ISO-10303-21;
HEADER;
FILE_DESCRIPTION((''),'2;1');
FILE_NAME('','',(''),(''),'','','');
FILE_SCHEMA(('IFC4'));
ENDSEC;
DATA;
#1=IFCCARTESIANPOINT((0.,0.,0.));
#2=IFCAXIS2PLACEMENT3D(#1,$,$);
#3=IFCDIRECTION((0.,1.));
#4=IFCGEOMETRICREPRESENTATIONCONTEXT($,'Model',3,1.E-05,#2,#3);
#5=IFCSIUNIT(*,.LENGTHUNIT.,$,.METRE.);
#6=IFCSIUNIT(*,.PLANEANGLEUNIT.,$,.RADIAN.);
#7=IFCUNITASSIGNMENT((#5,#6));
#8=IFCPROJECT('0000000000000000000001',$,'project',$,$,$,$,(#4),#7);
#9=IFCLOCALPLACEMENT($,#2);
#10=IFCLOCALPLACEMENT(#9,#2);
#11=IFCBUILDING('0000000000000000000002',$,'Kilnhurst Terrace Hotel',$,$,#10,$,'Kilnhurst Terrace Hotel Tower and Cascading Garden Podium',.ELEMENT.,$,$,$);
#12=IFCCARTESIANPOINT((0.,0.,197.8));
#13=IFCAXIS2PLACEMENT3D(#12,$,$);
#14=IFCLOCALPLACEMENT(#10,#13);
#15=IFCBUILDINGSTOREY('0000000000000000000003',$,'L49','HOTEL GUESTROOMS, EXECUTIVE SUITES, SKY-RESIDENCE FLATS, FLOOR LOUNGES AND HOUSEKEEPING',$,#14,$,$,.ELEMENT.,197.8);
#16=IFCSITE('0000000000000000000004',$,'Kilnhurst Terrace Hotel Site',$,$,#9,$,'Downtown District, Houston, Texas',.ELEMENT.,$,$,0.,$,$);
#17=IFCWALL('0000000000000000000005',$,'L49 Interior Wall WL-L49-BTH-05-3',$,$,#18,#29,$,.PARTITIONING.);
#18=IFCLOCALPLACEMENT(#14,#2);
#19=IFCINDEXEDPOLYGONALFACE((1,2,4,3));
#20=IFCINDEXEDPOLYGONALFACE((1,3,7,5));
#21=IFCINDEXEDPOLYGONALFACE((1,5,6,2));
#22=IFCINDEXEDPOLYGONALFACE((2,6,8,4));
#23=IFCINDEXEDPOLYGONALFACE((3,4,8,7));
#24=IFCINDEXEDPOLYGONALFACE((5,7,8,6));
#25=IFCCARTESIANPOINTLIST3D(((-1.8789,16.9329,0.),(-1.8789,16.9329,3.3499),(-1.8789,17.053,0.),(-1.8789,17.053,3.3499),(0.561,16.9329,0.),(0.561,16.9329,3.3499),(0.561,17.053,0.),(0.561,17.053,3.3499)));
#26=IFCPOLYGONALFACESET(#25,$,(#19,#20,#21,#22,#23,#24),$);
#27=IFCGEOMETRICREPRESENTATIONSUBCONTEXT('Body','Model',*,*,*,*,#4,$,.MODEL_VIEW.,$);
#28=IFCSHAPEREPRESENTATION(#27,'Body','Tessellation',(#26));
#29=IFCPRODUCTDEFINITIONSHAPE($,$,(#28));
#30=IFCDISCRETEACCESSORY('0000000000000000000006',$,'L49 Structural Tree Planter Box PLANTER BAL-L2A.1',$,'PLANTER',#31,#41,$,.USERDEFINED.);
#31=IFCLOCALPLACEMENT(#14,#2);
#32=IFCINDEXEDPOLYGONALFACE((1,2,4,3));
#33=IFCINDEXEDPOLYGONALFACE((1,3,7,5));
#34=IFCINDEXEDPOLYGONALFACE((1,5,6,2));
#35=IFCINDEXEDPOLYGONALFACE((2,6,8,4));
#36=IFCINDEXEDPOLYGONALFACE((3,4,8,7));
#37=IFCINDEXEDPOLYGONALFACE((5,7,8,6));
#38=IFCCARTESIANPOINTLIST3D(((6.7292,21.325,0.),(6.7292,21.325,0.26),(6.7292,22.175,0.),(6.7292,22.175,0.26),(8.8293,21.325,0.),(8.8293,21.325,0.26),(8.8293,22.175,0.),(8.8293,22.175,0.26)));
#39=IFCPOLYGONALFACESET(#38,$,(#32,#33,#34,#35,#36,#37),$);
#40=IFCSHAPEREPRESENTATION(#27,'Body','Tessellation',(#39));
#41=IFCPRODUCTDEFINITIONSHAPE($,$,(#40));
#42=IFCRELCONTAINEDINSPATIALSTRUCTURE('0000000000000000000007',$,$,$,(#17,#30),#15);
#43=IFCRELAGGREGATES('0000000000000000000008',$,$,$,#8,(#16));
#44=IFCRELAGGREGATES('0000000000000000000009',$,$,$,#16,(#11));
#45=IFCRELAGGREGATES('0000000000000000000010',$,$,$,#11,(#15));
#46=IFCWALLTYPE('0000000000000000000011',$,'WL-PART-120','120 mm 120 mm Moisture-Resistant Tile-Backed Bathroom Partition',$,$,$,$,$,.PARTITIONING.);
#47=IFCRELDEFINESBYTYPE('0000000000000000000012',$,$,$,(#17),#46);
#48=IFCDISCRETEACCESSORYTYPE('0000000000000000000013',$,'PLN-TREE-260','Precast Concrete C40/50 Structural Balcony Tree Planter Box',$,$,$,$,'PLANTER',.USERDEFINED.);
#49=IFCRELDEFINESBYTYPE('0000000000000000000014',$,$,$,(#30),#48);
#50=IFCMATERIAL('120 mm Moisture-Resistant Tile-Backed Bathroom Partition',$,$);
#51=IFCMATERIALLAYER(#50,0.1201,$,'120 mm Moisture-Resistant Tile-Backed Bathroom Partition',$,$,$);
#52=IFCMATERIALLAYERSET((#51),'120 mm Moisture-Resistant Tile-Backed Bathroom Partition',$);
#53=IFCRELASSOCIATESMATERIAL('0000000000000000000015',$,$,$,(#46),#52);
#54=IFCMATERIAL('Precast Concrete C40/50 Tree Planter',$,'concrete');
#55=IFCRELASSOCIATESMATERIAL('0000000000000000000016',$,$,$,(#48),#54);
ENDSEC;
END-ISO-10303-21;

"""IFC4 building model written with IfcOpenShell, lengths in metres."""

from ifc_helpers import new_model, si_unit, direction, frame, frame_2d, origin, origin_2d, place, context, subcontext, project, spatial, rectangle, extrude, material, layer, layer_set, type_object, element, save


model = new_model("IFC4")

# Units and contexts
model_context = context("Model", 3, precision=1e-05, world=origin(), true_north=direction((0.0, 1.0)))
body_context = subcontext(model_context, "Body", "Model", "MODEL_VIEW")
ifc_project = project(units=[si_unit("LENGTHUNIT", "METRE"), si_unit("PLANEANGLEUNIT", "RADIAN")], contexts=[model_context])

# Site, building, storey
site_placement = place(None, origin())
site = spatial("IfcSite", under=ifc_project, at=site_placement, Name="Kilnhurst Terrace Hotel Site", LongName="Downtown District, Houston, Texas", CompositionType="ELEMENT", RefElevation=0.0)
building_placement = place(site_placement, origin())
building = spatial("IfcBuilding", under=site, at=building_placement, Name="Kilnhurst Terrace Hotel", LongName="Kilnhurst Terrace Hotel Tower and Cascading Garden Podium", CompositionType="ELEMENT")
storey_placement = place(building_placement, frame((0.0, 0.0, 197.8)))
storey = spatial("IfcBuildingStorey", under=building, at=storey_placement, Name="L49", Description="HOTEL GUESTROOMS, EXECUTIVE SUITES, SKY-RESIDENCE FLATS, FLOOR LOUNGES AND HOUSEKEEPING", CompositionType="ELEMENT", Elevation=197.8)

# Shared definitions
ifc_material_1 = material(Name="120 mm Moisture-Resistant Tile-Backed Bathroom Partition")
ifc_layer_1 = layer(ifc_material_1, 0.1201, Name="120 mm Moisture-Resistant Tile-Backed Bathroom Partition")
ifc_layer_set_1 = layer_set([ifc_layer_1], Name="120 mm Moisture-Resistant Tile-Backed Bathroom Partition")
wall_type_1 = type_object("IfcWallType", Name="WL-PART-120", Description="120 mm 120 mm Moisture-Resistant Tile-Backed Bathroom Partition", PredefinedType="PARTITIONING", material=ifc_layer_set_1)

# Wall
wall_1_placement = place(storey_placement, frame((0.561, 16.9929, 0.0), z_axis=(0.0, 0.0, 1.0), x_axis=(-1.0, 0.0, 0.0)))
element("IfcWall", 1, at=wall_1_placement, inside=storey, type_object=wall_type_1, Name="L49 Interior Wall WL-L49-BTH-05-3", PredefinedType="PARTITIONING", context=body_context, shape_type="SweptSolid", body=[
    extrude(rectangle(XDim=2.4399, YDim=0.1201, at=frame_2d((1.22, 0.0))), origin(), (0.0, 0.0, 1.0), 3.3499),
])

# Discrete accessory
ifc_material_2 = material(Name="Precast Concrete C40/50 Tree Planter", Category="concrete")
discrete_accessory_type = type_object("IfcDiscreteAccessoryType", Name="PLN-TREE-260", Description="Precast Concrete C40/50 Structural Balcony Tree Planter Box", ElementType="PLANTER", PredefinedType="USERDEFINED", material=ifc_material_2)
discrete_accessory_placement = place(storey_placement, frame((7.7793, 21.75, 0.0), z_axis=(0.0, 0.0, 1.0), x_axis=(-1.0, 0.0, 0.0)))
element("IfcDiscreteAccessory", 2, at=discrete_accessory_placement, inside=storey, type_object=discrete_accessory_type, Name="L49 Structural Tree Planter Box PLANTER BAL-L2A.1", ObjectType="PLANTER", PredefinedType="USERDEFINED", context=body_context, shape_type="SweptSolid", body=[
    extrude(rectangle(XDim=2.1001, YDim=0.8501, at=origin_2d()), origin(), (0.0, 0.0, 1.0), 0.26),
])

save(model, "model.ifc")
